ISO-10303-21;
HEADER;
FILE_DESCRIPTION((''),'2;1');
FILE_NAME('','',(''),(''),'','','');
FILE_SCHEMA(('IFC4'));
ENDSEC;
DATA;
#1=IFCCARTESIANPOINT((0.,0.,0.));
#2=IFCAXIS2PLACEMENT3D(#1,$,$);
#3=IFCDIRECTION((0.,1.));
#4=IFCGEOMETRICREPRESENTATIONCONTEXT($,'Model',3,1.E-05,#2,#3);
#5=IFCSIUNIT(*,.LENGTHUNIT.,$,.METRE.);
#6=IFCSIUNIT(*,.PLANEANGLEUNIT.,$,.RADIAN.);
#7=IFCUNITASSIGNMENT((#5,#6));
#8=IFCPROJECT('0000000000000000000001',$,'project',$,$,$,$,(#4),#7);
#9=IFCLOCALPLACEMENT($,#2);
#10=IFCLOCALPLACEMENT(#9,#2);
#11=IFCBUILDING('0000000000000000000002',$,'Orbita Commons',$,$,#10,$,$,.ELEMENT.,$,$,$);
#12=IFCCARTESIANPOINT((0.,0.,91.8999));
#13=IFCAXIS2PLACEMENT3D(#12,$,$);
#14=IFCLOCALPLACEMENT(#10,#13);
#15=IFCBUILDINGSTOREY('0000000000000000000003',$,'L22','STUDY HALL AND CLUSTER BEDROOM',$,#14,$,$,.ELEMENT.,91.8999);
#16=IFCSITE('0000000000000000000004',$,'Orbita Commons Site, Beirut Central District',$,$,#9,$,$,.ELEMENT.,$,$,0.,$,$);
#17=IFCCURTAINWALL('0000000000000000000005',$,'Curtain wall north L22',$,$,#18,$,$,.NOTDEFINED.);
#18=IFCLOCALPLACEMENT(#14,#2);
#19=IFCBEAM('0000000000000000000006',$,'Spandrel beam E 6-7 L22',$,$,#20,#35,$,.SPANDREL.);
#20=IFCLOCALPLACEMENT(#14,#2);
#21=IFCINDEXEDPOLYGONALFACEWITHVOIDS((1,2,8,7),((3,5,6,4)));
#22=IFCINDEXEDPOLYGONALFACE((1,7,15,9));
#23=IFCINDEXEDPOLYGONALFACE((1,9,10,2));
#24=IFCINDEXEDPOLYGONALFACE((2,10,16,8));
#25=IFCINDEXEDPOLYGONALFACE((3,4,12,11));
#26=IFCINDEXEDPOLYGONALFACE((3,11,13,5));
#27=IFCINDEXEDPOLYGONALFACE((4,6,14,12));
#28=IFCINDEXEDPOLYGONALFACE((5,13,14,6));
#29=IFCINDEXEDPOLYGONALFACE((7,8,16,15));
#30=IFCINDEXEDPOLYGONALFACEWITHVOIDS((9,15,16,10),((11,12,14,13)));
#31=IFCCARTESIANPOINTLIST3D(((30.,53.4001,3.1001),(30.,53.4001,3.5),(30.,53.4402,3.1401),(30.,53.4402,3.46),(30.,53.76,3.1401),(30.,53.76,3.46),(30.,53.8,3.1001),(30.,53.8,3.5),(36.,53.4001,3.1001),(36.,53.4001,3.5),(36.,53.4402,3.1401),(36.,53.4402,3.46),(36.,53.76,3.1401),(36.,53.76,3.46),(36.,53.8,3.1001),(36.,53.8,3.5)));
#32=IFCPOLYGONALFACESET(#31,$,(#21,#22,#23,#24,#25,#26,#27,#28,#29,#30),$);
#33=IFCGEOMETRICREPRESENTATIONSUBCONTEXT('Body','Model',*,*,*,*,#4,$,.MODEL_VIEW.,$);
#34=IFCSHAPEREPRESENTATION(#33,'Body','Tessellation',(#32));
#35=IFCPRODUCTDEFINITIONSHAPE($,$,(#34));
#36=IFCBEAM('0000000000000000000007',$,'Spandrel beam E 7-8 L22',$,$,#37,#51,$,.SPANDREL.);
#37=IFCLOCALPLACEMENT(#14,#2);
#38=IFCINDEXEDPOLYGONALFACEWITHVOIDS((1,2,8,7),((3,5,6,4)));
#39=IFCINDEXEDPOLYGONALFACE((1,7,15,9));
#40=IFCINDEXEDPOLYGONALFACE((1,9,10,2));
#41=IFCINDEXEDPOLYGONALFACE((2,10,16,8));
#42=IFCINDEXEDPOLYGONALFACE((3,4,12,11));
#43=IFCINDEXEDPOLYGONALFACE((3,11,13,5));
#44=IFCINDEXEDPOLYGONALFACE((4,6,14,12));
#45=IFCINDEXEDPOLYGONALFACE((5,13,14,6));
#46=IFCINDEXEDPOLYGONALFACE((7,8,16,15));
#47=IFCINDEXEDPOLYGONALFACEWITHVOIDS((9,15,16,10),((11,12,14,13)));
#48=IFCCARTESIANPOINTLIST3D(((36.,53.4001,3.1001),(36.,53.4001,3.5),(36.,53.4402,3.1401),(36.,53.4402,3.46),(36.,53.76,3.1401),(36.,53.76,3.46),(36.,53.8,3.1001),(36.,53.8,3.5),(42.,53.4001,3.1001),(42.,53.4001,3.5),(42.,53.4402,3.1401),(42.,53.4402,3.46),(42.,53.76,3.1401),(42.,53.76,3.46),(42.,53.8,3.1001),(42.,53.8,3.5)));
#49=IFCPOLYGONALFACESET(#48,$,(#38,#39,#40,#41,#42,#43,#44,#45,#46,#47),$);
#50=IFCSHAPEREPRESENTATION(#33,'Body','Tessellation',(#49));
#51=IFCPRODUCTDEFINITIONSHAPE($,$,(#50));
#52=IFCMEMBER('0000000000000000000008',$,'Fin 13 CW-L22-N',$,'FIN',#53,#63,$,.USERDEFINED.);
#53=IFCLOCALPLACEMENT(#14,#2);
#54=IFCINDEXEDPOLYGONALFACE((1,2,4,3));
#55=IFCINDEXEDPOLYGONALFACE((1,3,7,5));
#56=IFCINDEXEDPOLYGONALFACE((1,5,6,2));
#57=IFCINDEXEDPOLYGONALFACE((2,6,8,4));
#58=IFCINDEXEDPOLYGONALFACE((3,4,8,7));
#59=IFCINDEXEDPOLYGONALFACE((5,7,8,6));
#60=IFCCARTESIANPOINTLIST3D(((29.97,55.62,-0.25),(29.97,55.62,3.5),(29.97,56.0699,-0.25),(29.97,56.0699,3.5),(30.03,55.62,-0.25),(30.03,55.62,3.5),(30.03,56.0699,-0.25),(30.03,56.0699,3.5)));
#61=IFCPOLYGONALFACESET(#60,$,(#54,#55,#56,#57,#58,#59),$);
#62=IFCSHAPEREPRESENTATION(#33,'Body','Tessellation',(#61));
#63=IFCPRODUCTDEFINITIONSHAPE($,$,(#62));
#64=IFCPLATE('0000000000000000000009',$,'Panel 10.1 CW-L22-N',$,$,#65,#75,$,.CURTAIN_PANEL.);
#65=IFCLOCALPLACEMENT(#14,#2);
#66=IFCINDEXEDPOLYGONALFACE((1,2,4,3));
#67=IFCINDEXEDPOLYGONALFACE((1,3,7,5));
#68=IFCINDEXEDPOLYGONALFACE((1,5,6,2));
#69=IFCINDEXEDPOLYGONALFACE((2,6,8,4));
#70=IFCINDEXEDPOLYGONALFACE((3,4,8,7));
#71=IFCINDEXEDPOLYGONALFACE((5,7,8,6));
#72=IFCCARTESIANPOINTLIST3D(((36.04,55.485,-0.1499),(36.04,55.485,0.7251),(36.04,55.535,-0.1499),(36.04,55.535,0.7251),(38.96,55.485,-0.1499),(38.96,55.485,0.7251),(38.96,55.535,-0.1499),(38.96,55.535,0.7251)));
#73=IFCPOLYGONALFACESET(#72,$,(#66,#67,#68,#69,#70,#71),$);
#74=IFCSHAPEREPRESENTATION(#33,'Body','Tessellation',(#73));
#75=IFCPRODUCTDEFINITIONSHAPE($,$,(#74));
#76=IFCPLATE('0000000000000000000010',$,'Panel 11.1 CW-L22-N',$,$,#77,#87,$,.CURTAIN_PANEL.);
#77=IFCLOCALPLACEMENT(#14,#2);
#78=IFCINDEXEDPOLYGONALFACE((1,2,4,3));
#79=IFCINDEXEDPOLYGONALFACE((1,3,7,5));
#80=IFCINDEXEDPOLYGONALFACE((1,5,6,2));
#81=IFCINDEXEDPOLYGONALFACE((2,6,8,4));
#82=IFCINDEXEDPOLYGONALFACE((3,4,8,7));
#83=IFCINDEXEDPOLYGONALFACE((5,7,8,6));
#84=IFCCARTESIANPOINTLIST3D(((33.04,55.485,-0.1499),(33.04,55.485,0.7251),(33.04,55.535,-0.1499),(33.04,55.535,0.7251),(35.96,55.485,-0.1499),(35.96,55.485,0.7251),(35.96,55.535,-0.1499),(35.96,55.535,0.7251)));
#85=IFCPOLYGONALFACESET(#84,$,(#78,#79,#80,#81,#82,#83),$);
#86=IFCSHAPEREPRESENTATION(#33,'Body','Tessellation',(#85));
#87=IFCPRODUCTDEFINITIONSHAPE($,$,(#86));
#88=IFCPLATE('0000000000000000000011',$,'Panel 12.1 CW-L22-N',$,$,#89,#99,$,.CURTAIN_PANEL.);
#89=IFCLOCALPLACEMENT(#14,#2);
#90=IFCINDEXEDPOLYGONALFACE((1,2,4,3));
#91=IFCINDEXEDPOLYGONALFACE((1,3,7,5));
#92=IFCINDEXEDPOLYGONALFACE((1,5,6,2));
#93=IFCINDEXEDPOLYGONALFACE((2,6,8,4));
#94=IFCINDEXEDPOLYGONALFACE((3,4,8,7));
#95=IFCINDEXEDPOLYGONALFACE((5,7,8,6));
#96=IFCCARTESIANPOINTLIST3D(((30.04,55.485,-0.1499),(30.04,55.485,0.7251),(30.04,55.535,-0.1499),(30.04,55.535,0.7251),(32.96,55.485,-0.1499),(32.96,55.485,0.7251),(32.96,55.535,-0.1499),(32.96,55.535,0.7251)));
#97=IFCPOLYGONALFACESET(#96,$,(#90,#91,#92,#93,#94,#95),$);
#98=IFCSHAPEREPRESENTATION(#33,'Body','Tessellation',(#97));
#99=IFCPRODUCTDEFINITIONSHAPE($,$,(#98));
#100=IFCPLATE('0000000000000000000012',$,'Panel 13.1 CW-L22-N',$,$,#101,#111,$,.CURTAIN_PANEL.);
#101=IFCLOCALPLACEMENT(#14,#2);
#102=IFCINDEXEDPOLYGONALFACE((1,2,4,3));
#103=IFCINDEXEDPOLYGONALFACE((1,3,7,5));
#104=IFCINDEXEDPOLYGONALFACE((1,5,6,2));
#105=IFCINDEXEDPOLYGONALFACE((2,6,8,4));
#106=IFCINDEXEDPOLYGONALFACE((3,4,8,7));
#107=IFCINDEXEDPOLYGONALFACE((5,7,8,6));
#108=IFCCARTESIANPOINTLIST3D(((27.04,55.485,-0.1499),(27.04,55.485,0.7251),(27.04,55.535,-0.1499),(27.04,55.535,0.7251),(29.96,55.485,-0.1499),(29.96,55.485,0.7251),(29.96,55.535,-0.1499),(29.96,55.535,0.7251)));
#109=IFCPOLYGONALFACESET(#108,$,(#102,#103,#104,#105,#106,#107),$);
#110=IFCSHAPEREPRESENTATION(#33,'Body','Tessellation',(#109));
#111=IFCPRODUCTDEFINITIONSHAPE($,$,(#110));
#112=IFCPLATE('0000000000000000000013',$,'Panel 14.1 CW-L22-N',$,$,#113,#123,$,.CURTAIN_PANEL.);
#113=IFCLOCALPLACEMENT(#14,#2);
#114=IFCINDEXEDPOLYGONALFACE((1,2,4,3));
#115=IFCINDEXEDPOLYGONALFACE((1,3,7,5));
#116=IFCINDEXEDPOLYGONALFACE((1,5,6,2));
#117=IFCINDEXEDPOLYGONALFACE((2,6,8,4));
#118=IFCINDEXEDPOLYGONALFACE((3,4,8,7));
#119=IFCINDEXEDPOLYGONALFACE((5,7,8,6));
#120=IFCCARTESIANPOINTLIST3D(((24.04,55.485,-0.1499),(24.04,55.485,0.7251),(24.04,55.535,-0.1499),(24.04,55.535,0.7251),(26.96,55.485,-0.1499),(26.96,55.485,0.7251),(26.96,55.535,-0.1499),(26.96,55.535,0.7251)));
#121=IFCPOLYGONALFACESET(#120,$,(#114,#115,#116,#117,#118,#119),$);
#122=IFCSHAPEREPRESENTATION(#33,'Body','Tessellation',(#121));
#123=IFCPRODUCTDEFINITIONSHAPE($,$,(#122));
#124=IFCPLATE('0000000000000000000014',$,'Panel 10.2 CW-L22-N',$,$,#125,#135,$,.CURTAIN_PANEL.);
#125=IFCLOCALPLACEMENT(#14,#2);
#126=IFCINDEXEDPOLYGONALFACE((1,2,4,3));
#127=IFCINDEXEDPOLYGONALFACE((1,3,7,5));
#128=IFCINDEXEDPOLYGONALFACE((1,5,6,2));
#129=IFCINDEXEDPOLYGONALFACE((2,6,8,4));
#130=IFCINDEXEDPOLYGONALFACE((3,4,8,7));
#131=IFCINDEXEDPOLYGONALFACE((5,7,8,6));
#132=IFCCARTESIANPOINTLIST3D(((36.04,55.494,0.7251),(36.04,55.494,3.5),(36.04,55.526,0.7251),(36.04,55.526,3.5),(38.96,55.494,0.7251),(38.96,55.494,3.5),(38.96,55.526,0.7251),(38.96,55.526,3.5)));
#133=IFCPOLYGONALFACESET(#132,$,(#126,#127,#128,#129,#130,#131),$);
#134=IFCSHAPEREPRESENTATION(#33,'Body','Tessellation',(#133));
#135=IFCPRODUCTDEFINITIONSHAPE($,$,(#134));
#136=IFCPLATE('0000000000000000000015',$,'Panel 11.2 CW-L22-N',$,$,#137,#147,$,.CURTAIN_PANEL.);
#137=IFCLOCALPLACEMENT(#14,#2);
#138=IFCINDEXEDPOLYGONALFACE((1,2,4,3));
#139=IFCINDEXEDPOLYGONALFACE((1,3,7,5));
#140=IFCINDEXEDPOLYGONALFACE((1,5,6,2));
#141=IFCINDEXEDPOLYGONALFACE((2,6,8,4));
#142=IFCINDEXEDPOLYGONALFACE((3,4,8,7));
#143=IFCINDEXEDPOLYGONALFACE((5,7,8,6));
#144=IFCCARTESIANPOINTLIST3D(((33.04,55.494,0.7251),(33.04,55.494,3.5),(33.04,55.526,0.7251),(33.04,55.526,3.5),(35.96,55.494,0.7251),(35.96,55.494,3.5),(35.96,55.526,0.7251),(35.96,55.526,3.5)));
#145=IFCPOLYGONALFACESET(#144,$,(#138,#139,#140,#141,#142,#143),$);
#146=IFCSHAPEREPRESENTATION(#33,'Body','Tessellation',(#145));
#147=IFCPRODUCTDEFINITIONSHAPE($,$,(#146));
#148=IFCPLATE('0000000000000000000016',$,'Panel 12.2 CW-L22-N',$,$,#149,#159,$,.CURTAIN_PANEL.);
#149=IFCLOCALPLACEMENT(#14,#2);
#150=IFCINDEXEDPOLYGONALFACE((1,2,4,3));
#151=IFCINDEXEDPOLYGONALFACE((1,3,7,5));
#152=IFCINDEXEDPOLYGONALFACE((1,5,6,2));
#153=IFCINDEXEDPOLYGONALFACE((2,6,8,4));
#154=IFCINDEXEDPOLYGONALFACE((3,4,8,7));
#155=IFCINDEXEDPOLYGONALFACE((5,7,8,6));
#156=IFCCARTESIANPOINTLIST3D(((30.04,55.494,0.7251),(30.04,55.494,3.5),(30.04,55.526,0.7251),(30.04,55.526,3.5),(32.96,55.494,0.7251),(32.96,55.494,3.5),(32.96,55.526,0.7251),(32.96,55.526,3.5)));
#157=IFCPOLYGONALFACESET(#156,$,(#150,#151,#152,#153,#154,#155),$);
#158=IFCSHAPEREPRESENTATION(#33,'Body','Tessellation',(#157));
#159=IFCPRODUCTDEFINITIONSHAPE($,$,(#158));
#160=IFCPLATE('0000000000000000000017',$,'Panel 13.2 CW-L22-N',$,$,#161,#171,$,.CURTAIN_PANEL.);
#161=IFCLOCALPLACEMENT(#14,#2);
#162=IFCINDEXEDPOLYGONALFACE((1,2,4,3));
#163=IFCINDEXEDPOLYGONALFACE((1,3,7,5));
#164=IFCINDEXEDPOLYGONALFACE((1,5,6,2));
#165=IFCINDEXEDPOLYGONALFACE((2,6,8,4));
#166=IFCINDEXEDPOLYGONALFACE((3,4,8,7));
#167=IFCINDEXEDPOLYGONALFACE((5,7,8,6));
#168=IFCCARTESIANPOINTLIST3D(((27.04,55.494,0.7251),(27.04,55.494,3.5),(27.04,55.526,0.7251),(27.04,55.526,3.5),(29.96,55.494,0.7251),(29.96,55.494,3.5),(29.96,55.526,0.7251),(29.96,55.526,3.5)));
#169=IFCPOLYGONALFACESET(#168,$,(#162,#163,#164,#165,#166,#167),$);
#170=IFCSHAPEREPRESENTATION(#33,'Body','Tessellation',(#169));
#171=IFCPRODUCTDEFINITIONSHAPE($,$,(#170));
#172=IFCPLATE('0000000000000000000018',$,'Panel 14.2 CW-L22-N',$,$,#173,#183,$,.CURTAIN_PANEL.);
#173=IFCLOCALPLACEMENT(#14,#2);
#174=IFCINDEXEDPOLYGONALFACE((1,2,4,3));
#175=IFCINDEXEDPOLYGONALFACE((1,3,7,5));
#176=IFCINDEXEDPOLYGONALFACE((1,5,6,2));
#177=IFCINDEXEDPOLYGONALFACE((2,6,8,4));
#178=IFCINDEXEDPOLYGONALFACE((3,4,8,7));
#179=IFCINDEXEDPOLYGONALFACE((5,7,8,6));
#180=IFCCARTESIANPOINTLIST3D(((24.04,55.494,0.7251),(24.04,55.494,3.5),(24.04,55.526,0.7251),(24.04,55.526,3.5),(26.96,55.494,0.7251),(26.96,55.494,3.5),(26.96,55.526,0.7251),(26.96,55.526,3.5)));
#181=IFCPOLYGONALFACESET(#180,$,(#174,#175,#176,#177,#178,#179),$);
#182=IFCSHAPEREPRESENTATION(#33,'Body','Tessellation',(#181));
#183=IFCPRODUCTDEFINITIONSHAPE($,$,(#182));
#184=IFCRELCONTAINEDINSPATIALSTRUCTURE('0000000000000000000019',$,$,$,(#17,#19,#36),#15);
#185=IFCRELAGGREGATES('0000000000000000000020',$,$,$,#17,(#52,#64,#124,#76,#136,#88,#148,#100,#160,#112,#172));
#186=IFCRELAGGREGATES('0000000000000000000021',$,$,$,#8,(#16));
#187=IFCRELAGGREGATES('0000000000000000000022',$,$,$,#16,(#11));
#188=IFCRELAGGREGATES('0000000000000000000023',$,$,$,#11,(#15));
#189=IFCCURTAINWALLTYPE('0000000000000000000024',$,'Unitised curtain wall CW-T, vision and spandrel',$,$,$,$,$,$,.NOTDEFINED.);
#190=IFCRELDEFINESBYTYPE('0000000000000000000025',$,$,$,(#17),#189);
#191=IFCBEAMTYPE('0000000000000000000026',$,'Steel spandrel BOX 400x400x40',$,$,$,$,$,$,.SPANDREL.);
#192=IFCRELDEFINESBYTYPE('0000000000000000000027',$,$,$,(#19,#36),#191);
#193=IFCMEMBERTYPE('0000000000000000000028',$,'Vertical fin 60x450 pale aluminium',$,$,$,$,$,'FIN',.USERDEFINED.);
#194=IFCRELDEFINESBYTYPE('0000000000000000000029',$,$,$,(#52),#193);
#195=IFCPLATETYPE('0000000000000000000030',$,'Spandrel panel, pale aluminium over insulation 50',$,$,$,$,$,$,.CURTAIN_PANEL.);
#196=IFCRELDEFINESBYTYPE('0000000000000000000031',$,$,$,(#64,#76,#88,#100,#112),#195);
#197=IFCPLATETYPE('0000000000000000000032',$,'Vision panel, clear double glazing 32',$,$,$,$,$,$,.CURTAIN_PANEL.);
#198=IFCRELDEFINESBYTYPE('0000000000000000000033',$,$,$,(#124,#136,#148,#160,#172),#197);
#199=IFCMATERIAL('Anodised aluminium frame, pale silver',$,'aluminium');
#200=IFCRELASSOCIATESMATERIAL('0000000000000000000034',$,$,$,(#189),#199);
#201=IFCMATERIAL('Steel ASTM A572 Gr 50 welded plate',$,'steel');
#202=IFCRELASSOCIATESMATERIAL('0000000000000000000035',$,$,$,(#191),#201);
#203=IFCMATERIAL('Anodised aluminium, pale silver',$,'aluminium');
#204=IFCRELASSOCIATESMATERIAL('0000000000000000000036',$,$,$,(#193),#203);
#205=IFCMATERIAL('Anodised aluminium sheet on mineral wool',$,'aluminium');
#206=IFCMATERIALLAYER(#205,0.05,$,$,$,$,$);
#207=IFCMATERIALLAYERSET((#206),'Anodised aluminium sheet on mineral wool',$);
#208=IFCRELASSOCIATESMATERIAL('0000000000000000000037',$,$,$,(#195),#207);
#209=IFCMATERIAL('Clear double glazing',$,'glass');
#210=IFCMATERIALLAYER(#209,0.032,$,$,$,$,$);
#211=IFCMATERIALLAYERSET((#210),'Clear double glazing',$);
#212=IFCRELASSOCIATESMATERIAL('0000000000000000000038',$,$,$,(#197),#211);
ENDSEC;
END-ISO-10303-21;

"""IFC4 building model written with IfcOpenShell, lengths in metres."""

from ifc_helpers import new_model, si_unit, direction, frame, origin, origin_2d, place, context, subcontext, project, spatial, rectangle, hollow_rectangle, extrude, material, layer, layer_set, material_profile, profile_set, type_object, element, aggregate, save


model = new_model("IFC4")

# Units and contexts
model_context = context("Model", 3, precision=1e-05, world=origin(), true_north=direction((0.0, 1.0)))
body_context = subcontext(model_context, "Body", "Model", "MODEL_VIEW")
ifc_project = project(units=[si_unit("LENGTHUNIT", "METRE"), si_unit("PLANEANGLEUNIT", "RADIAN")], contexts=[model_context])

# Site, building, storey
site_placement = place(None, origin())
site = spatial("IfcSite", under=ifc_project, at=site_placement, Name="Orbita Commons Site, Beirut Central District", CompositionType="ELEMENT", RefElevation=0.0)
building_placement = place(site_placement, origin())
building = spatial("IfcBuilding", under=site, at=building_placement, Name="Orbita Commons", CompositionType="ELEMENT")
storey_placement = place(building_placement, frame((0.0, 0.0, 91.8999)))
storey = spatial("IfcBuildingStorey", under=building, at=storey_placement, Name="L22", Description="STUDY HALL AND CLUSTER BEDROOM", CompositionType="ELEMENT", Elevation=91.8999)

# Curtain wall
ifc_material_1 = material(Name="Anodised aluminium frame, pale silver", Category="aluminium")
curtain_wall_type = type_object("IfcCurtainWallType", Name="Unitised curtain wall CW-T, vision and spandrel", PredefinedType="NOTDEFINED", material=ifc_material_1)
curtain_wall_placement = place(storey_placement, origin())
curtain_wall = element("IfcCurtainWall", 1, at=curtain_wall_placement, inside=storey, type_object=curtain_wall_type, Name="Curtain wall north L22", PredefinedType="NOTDEFINED")

# Beams
ifc_material_2 = material(Name="Steel ASTM A572 Gr 50 welded plate", Category="steel")
ifc_material_profile_1 = material_profile(ifc_material_2, hollow_rectangle(XDim=0.3999, YDim=0.3999, WallThickness=0.04, at=origin_2d()), Name="BOX 400x400x40")
ifc_profile_set_1 = profile_set([ifc_material_profile_1], Name="Steel ASTM A572 Gr 50 welded plate")
beam_type = type_object("IfcBeamType", Name="Steel spandrel BOX 400x400x40", PredefinedType="SPANDREL", material=ifc_profile_set_1)
for number, where, z_axis, x_axis, name in (
    (2, (30.0, 53.6001, 3.3), (1.0, 0.0, 0.0), (0.0, 1.0, 0.0), "Spandrel beam E 6-7 L22"),
    (3, (36.0, 53.6001, 3.3), (1.0, 0.0, 0.0), (0.0, 1.0, 0.0), "Spandrel beam E 7-8 L22"),
):
    element("IfcBeam", number, at=place(storey_placement, frame(where, z_axis=z_axis, x_axis=x_axis)), inside=storey, type_object=beam_type, Name=name, PredefinedType="SPANDREL", context=body_context, shape_type="SweptSolid", body=[
        extrude(hollow_rectangle(XDim=0.3999, YDim=0.3999, WallThickness=0.04, at=origin_2d()), origin(), (0.0, 0.0, 1.0), 6.0),
    ])

# Member
ifc_material_3 = material(Name="Anodised aluminium, pale silver", Category="aluminium")
ifc_material_profile_2 = material_profile(ifc_material_3, rectangle(XDim=0.0601, YDim=0.45, at=origin_2d()), Name="FIN 60x450")
ifc_profile_set_2 = profile_set([ifc_material_profile_2], Name="Anodised aluminium, pale silver")
member_type_1 = type_object("IfcMemberType", Name="Vertical fin 60x450 pale aluminium", ElementType="FIN", PredefinedType="USERDEFINED", material=ifc_profile_set_2)
member_1_placement = place(storey_placement, frame((30.0, 55.845, -0.25), z_axis=(0.0, 0.0, 1.0), x_axis=(-1.0, 0.0, 0.0)))
member_1 = element("IfcMember", 4, at=member_1_placement, type_object=member_type_1, Name="Fin 13 CW-L22-N", ObjectType="FIN", PredefinedType="USERDEFINED", context=body_context, shape_type="SweptSolid", body=[
    extrude(rectangle(XDim=0.0601, YDim=0.45, at=origin_2d()), origin(), (0.0, 0.0, 1.0), 3.75),
])

# Plates
ifc_material_4 = material(Name="Anodised aluminium sheet on mineral wool", Category="aluminium")
ifc_layer_1 = layer(ifc_material_4, 0.05)
ifc_layer_set_1 = layer_set([ifc_layer_1], Name="Anodised aluminium sheet on mineral wool")
plate_type_1 = type_object("IfcPlateType", Name="Spandrel panel, pale aluminium over insulation 50", PredefinedType="CURTAIN_PANEL", material=ifc_layer_set_1)
plate_1_placement = place(storey_placement, frame((37.5, 55.51, -0.1499), z_axis=(0.0, 0.0, 1.0), x_axis=(-1.0, 0.0, 0.0)))
plate_1 = element("IfcPlate", 5, at=plate_1_placement, type_object=plate_type_1, Name="Panel 10.1 CW-L22-N", PredefinedType="CURTAIN_PANEL", context=body_context, shape_type="SweptSolid", body=[
    extrude(rectangle(XDim=2.9199, YDim=0.05, at=origin_2d()), origin(), (0.0, 0.0, 1.0), 0.875),
])
plate_2_placement = place(storey_placement, frame((34.5, 55.51, -0.1499), z_axis=(0.0, 0.0, 1.0), x_axis=(-1.0, 0.0, 0.0)))
plate_2 = element("IfcPlate", 6, at=plate_2_placement, type_object=plate_type_1, Name="Panel 11.1 CW-L22-N", PredefinedType="CURTAIN_PANEL", context=body_context, shape_type="SweptSolid", body=[
    extrude(rectangle(XDim=2.9199, YDim=0.05, at=origin_2d()), origin(), (0.0, 0.0, 1.0), 0.875),
])
plate_3_placement = place(storey_placement, frame((31.5, 55.51, -0.1499), z_axis=(0.0, 0.0, 1.0), x_axis=(-1.0, 0.0, 0.0)))
plate_3 = element("IfcPlate", 7, at=plate_3_placement, type_object=plate_type_1, Name="Panel 12.1 CW-L22-N", PredefinedType="CURTAIN_PANEL", context=body_context, shape_type="SweptSolid", body=[
    extrude(rectangle(XDim=2.9199, YDim=0.05, at=origin_2d()), origin(), (0.0, 0.0, 1.0), 0.875),
])
plate_4_placement = place(storey_placement, frame((28.5, 55.51, -0.1499), z_axis=(0.0, 0.0, 1.0), x_axis=(-1.0, 0.0, 0.0)))
plate_4 = element("IfcPlate", 8, at=plate_4_placement, type_object=plate_type_1, Name="Panel 13.1 CW-L22-N", PredefinedType="CURTAIN_PANEL", context=body_context, shape_type="SweptSolid", body=[
    extrude(rectangle(XDim=2.9199, YDim=0.05, at=origin_2d()), origin(), (0.0, 0.0, 1.0), 0.875),
])
plate_5_placement = place(storey_placement, frame((25.5, 55.51, -0.1499), z_axis=(0.0, 0.0, 1.0), x_axis=(-1.0, 0.0, 0.0)))
plate_5 = element("IfcPlate", 9, at=plate_5_placement, type_object=plate_type_1, Name="Panel 14.1 CW-L22-N", PredefinedType="CURTAIN_PANEL", context=body_context, shape_type="SweptSolid", body=[
    extrude(rectangle(XDim=2.9199, YDim=0.05, at=origin_2d()), origin(), (0.0, 0.0, 1.0), 0.875),
])
ifc_material_5 = material(Name="Clear double glazing", Category="glass")
ifc_layer_2 = layer(ifc_material_5, 0.032)
ifc_layer_set_2 = layer_set([ifc_layer_2], Name="Clear double glazing")
plate_type_2 = type_object("IfcPlateType", Name="Vision panel, clear double glazing 32", PredefinedType="CURTAIN_PANEL", material=ifc_layer_set_2)
plate_6_placement = place(storey_placement, frame((37.5, 55.51, 0.7251), z_axis=(0.0, 0.0, 1.0), x_axis=(-1.0, 0.0, 0.0)))
plate_6 = element("IfcPlate", 10, at=plate_6_placement, type_object=plate_type_2, Name="Panel 10.2 CW-L22-N", PredefinedType="CURTAIN_PANEL", context=body_context, shape_type="SweptSolid", body=[
    extrude(rectangle(XDim=2.9199, YDim=0.032, at=origin_2d()), origin(), (0.0, 0.0, 1.0), 2.7749),
])
plate_7_placement = place(storey_placement, frame((34.5, 55.51, 0.7251), z_axis=(0.0, 0.0, 1.0), x_axis=(-1.0, 0.0, 0.0)))
plate_7 = element("IfcPlate", 11, at=plate_7_placement, type_object=plate_type_2, Name="Panel 11.2 CW-L22-N", PredefinedType="CURTAIN_PANEL", context=body_context, shape_type="SweptSolid", body=[
    extrude(rectangle(XDim=2.9199, YDim=0.032, at=origin_2d()), origin(), (0.0, 0.0, 1.0), 2.7749),
])
plate_8_placement = place(storey_placement, frame((31.5, 55.51, 0.7251), z_axis=(0.0, 0.0, 1.0), x_axis=(-1.0, 0.0, 0.0)))
plate_8 = element("IfcPlate", 12, at=plate_8_placement, type_object=plate_type_2, Name="Panel 12.2 CW-L22-N", PredefinedType="CURTAIN_PANEL", context=body_context, shape_type="SweptSolid", body=[
    extrude(rectangle(XDim=2.9199, YDim=0.032, at=origin_2d()), origin(), (0.0, 0.0, 1.0), 2.7749),
])
plate_9_placement = place(storey_placement, frame((28.5, 55.51, 0.7251), z_axis=(0.0, 0.0, 1.0), x_axis=(-1.0, 0.0, 0.0)))
plate_9 = element("IfcPlate", 13, at=plate_9_placement, type_object=plate_type_2, Name="Panel 13.2 CW-L22-N", PredefinedType="CURTAIN_PANEL", context=body_context, shape_type="SweptSolid", body=[
    extrude(rectangle(XDim=2.9199, YDim=0.032, at=origin_2d()), origin(), (0.0, 0.0, 1.0), 2.7749),
])
plate_10_placement = place(storey_placement, frame((25.5, 55.51, 0.7251), z_axis=(0.0, 0.0, 1.0), x_axis=(-1.0, 0.0, 0.0)))
plate_10 = element("IfcPlate", 14, at=plate_10_placement, type_object=plate_type_2, Name="Panel 14.2 CW-L22-N", PredefinedType="CURTAIN_PANEL", context=body_context, shape_type="SweptSolid", body=[
    extrude(rectangle(XDim=2.9199, YDim=0.032, at=origin_2d()), origin(), (0.0, 0.0, 1.0), 2.7749),
])
aggregate(curtain_wall, [member_1, plate_1, plate_6, plate_2, plate_7, plate_3, plate_8, plate_4, plate_9, plate_5, plate_10])

save(model, "model.ifc")
